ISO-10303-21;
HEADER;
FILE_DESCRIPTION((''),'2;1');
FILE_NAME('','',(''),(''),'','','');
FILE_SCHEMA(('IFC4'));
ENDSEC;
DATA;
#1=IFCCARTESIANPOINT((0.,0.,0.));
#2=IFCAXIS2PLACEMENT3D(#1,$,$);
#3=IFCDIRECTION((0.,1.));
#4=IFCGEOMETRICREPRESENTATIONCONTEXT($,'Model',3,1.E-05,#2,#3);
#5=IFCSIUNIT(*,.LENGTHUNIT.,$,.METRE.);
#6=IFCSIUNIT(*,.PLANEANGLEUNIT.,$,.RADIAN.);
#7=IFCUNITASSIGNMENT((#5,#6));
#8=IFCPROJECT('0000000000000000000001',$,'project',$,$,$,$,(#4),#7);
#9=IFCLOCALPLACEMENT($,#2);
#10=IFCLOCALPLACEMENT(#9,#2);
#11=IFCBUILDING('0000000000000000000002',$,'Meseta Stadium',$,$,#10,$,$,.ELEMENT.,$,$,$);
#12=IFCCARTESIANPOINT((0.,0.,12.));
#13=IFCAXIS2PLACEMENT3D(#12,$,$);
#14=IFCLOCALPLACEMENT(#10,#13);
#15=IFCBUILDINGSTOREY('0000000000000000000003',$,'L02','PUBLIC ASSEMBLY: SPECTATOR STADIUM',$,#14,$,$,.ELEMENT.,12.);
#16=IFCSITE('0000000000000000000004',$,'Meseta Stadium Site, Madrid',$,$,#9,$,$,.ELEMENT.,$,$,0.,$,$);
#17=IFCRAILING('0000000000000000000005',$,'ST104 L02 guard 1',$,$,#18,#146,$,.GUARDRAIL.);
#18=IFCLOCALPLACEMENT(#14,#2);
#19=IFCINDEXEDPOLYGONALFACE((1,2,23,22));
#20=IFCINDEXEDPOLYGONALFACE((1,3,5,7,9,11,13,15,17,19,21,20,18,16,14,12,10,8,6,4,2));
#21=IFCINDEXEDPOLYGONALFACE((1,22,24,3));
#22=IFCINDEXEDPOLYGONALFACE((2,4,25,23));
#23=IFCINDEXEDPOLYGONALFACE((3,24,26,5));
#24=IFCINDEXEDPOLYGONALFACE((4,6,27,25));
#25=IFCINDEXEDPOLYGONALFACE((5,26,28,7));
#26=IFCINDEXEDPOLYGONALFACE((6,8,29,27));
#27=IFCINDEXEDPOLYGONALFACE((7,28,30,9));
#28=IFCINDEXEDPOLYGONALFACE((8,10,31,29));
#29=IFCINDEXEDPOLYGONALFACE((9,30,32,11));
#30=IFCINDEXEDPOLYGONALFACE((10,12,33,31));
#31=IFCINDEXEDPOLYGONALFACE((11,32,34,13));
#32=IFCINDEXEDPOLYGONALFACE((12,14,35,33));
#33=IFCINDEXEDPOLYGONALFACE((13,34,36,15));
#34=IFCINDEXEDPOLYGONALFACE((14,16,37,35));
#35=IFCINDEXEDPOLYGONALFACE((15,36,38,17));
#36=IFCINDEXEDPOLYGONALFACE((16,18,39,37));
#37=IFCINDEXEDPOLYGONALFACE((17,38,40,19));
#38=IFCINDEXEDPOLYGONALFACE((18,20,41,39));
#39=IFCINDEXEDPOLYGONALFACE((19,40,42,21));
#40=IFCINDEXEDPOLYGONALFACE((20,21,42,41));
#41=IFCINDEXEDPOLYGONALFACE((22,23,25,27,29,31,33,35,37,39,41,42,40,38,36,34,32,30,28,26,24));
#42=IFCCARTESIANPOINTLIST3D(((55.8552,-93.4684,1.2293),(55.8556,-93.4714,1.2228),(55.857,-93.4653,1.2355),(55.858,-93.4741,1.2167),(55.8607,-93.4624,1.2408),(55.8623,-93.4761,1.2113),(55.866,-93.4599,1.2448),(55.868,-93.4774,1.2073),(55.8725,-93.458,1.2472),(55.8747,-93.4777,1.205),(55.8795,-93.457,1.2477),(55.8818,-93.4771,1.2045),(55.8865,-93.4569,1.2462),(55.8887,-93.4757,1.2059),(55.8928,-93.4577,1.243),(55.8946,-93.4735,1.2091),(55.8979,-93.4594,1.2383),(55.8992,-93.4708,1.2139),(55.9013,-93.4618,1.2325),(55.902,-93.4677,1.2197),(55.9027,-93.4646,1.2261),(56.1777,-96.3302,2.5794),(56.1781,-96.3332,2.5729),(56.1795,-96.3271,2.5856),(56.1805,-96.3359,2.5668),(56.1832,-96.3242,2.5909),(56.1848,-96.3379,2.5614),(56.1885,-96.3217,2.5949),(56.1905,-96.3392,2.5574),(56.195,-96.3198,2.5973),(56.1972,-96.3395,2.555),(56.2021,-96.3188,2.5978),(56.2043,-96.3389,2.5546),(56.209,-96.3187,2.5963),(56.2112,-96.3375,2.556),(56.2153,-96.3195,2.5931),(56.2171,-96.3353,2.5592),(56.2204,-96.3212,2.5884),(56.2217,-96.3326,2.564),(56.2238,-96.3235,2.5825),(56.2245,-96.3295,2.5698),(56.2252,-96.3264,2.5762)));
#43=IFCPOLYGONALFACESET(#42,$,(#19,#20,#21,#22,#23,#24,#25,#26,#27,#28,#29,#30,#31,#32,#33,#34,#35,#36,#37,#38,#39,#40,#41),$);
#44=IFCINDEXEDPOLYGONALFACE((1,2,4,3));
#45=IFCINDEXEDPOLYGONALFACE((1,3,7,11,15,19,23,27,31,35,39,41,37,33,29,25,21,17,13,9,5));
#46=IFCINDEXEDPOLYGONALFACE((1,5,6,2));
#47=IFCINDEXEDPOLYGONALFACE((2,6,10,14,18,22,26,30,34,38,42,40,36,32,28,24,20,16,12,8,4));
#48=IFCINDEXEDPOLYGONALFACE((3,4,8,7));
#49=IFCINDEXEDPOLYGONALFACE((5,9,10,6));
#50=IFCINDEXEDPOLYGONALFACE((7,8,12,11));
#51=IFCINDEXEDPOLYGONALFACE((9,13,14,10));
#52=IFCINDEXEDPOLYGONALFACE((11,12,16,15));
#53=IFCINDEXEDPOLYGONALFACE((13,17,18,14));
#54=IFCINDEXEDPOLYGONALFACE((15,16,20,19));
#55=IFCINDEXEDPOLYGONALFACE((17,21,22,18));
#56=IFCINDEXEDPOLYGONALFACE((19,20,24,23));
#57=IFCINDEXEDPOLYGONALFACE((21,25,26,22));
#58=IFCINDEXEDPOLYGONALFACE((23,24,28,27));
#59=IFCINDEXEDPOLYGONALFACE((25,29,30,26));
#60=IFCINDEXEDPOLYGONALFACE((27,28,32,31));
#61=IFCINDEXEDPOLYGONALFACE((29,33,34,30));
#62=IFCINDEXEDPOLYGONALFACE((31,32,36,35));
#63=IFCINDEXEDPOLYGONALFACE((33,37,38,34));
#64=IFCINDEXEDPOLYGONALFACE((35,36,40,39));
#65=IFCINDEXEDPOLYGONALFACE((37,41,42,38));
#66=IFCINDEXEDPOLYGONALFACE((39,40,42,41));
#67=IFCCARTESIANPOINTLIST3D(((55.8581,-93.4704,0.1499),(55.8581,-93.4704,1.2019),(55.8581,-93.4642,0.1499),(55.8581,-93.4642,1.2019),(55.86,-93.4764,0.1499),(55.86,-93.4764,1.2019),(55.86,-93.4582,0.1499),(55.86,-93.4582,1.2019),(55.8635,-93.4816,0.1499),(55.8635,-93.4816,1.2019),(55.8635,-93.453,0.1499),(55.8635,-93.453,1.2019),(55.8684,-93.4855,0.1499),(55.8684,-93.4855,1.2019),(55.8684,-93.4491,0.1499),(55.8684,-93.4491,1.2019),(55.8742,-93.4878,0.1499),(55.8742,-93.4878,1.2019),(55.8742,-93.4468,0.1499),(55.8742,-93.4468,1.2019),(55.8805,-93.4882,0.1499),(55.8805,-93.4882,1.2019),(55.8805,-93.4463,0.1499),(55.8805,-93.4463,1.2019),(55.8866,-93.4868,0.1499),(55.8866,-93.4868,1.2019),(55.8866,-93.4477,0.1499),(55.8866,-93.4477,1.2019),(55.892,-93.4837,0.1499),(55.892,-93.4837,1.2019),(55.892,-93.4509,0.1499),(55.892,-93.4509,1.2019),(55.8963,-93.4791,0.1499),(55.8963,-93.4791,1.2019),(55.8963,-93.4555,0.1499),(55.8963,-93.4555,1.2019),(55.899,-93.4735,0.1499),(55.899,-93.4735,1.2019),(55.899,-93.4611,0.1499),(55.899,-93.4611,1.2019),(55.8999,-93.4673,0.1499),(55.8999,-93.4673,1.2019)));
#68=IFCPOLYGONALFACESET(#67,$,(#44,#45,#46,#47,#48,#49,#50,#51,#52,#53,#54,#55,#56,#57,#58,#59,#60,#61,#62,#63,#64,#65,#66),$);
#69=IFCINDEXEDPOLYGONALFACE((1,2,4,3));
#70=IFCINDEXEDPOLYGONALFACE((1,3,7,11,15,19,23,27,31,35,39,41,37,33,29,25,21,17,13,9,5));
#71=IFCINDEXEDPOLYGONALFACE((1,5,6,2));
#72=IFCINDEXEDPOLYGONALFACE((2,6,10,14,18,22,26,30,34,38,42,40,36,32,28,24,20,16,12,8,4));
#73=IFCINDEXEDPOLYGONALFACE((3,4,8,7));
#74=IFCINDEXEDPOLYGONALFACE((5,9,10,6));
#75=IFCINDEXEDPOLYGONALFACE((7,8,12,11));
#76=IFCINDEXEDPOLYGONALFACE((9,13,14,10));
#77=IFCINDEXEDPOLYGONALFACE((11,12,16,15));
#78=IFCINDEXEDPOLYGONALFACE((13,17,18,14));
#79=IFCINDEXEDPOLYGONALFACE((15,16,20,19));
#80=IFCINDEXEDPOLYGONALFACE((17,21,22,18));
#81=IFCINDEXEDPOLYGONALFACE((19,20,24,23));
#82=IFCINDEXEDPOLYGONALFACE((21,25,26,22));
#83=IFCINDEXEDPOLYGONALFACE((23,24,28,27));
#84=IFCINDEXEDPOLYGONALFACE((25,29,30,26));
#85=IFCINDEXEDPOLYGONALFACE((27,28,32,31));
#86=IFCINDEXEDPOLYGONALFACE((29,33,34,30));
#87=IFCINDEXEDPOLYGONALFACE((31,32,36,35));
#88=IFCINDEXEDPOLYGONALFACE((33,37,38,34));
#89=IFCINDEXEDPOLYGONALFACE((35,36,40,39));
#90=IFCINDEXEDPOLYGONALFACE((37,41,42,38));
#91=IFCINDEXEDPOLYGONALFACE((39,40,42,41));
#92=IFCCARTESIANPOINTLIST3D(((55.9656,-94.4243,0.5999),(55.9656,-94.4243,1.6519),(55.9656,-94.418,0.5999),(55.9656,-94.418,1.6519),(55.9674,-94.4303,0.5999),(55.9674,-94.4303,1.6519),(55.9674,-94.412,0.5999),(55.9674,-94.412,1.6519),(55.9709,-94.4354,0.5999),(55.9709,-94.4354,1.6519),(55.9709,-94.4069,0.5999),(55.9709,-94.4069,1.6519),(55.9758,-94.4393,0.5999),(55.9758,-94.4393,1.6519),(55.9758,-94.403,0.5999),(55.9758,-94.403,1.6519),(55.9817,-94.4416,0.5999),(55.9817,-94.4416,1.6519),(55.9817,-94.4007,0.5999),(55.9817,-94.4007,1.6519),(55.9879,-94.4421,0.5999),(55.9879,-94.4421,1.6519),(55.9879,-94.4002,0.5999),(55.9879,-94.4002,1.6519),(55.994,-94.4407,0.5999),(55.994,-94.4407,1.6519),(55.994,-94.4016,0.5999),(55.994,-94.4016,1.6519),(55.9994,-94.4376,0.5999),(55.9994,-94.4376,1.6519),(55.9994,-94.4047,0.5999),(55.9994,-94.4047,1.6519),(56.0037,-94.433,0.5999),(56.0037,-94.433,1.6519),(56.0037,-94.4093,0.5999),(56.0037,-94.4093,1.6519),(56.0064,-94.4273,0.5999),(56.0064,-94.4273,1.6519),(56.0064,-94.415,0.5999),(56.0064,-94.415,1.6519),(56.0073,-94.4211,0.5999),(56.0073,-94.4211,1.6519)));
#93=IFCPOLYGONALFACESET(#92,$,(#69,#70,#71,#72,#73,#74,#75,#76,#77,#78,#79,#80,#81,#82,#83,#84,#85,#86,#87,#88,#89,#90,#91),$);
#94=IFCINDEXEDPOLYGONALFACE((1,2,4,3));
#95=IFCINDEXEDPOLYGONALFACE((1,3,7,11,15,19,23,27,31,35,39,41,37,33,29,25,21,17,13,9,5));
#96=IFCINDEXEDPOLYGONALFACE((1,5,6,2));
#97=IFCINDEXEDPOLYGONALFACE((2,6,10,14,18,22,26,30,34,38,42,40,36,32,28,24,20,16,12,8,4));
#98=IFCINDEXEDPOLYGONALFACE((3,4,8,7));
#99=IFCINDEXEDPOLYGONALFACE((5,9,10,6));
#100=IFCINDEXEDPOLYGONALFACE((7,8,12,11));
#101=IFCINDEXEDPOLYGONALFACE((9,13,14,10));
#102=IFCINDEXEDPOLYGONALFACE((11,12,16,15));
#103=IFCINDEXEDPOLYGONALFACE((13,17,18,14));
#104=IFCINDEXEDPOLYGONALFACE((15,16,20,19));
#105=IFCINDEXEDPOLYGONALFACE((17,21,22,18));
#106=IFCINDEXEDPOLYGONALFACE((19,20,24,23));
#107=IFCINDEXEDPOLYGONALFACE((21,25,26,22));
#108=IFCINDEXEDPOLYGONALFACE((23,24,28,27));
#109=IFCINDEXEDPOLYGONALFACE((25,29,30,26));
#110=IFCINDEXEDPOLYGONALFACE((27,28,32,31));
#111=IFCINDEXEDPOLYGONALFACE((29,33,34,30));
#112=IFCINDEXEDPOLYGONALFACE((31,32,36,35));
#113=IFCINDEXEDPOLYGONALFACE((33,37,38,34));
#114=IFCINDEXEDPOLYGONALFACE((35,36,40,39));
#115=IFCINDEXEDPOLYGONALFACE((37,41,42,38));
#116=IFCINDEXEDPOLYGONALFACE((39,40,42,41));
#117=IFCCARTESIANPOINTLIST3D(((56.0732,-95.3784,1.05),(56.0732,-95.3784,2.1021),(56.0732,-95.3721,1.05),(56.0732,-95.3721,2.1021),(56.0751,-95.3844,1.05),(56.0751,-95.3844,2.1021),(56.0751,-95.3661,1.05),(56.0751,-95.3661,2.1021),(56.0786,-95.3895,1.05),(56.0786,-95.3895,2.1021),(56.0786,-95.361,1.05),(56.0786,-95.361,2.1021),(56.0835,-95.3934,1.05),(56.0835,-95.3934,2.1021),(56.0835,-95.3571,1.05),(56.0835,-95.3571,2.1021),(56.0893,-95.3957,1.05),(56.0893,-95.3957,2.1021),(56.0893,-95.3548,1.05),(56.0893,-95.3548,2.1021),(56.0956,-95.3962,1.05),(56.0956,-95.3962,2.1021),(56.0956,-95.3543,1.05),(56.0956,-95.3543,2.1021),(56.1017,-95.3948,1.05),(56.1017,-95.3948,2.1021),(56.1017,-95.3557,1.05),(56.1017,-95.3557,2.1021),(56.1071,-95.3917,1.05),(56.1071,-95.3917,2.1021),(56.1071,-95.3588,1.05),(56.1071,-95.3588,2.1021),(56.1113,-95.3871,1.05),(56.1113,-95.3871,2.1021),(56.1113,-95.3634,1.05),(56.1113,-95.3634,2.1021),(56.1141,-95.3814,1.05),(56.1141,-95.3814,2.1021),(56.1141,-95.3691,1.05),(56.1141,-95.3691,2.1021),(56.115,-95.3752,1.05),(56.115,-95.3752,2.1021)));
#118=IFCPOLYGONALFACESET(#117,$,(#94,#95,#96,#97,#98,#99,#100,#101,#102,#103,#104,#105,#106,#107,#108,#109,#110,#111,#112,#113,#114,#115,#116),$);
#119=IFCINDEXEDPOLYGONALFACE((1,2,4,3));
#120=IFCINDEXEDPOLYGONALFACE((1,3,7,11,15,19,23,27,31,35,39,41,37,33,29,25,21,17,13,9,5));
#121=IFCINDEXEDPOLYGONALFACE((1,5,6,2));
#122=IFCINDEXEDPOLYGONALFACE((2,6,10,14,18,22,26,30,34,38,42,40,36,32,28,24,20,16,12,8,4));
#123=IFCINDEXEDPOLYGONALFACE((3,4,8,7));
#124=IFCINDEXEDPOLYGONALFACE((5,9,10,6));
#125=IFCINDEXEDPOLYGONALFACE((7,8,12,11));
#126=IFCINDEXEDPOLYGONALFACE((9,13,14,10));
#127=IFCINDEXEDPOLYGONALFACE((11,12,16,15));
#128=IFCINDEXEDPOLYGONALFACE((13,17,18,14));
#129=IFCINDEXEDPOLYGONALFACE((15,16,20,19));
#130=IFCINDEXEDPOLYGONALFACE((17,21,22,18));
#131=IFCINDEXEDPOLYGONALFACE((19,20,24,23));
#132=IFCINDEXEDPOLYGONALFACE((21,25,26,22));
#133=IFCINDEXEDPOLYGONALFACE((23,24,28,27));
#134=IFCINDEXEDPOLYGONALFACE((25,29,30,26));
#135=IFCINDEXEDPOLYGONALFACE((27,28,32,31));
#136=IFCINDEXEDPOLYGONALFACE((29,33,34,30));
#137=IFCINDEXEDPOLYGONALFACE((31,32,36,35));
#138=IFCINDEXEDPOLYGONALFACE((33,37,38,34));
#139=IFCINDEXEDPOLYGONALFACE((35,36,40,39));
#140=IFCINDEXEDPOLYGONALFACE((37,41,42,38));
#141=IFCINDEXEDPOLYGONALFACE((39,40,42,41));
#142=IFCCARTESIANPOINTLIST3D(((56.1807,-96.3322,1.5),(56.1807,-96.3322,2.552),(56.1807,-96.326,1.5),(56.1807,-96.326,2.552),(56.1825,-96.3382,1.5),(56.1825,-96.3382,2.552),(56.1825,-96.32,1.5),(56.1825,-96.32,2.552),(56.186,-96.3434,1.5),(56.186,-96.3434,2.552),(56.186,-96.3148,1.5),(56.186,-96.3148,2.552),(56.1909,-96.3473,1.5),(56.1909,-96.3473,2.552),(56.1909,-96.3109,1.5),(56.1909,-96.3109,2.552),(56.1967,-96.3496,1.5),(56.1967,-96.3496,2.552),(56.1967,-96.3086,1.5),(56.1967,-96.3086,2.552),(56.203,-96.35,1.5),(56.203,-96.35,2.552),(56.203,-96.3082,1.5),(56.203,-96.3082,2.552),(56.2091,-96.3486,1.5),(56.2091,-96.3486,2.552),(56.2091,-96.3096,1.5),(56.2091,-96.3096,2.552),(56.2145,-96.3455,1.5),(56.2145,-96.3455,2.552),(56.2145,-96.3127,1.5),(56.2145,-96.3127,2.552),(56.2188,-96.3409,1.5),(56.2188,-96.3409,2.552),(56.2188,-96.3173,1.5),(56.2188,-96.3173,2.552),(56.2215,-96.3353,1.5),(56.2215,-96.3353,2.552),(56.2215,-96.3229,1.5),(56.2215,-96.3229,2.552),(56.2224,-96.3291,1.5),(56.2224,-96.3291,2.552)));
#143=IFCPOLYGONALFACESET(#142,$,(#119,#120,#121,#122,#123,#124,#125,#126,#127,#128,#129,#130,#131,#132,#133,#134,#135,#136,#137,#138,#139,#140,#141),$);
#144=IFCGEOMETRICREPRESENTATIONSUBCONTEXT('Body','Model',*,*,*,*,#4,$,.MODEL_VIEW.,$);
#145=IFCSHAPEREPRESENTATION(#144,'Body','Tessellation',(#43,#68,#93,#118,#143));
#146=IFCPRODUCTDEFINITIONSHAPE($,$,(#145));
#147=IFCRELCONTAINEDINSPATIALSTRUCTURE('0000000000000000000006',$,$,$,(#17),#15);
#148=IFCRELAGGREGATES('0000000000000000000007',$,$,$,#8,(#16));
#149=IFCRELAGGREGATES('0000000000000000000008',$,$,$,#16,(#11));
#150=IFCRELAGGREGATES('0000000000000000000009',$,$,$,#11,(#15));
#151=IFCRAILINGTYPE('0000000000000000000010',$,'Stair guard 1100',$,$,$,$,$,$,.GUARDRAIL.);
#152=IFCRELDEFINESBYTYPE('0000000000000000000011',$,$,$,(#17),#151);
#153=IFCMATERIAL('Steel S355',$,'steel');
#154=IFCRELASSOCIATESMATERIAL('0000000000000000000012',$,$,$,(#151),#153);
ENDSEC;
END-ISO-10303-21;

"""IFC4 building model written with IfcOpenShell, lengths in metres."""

from ifc_helpers import new_model, si_unit, direction, frame, origin, origin_2d, place, context, subcontext, project, spatial, circle, extrude, material, type_object, element, save


model = new_model("IFC4")

# Units and contexts
model_context = context("Model", 3, precision=1e-05, world=origin(), true_north=direction((0.0, 1.0)))
body_context = subcontext(model_context, "Body", "Model", "MODEL_VIEW")
ifc_project = project(units=[si_unit("LENGTHUNIT", "METRE"), si_unit("PLANEANGLEUNIT", "RADIAN")], contexts=[model_context])

# Site, building, storey
site_placement = place(None, origin())
site = spatial("IfcSite", under=ifc_project, at=site_placement, Name="Meseta Stadium Site, Madrid", CompositionType="ELEMENT", RefElevation=0.0)
building_placement = place(site_placement, origin())
building = spatial("IfcBuilding", under=site, at=building_placement, Name="Meseta Stadium", CompositionType="ELEMENT")
storey_placement = place(building_placement, frame((0.0, 0.0, 12.0)))
storey = spatial("IfcBuildingStorey", under=building, at=storey_placement, Name="L02", Description="PUBLIC ASSEMBLY: SPECTATOR STADIUM", CompositionType="ELEMENT", Elevation=12.0)

# Railing
ifc_material_1 = material(Name="Steel S355", Category="steel")
railing_type_1 = type_object("IfcRailingType", Name="Stair guard 1100", PredefinedType="GUARDRAIL", material=ifc_material_1)
railing_1_placement = place(storey_placement, frame((55.8789, -93.4673, 0.1499)))
element("IfcRailing", 1, at=railing_1_placement, inside=storey, type_object=railing_type_1, Name="ST104 L02 guard 1", PredefinedType="GUARDRAIL", context=body_context, shape_type="SweptSolid", body=[
    extrude(circle(Radius=0.0239, at=origin_2d()), frame((0.0, 0.0, 1.0762), z_axis=(0.101396, -0.899748, 0.424467), x_axis=(0.99371, 0.111985, 0.0)), (0.0, 0.0, 1.0), 3.1807),
    extrude(circle(Radius=0.021, at=origin_2d()), origin(), (0.0, 0.0, 1.0), 1.052),
    extrude(circle(Radius=0.021, at=origin_2d()), frame((0.1074, -0.9539, 0.45)), (0.0, 0.0, 1.0), 1.052),
    extrude(circle(Radius=0.021, at=origin_2d()), frame((0.2151, -1.908, 0.9001)), (0.0, 0.0, 1.0), 1.052),
    extrude(circle(Radius=0.021, at=origin_2d()), frame((0.3225, -2.8618, 1.3501)), (0.0, 0.0, 1.0), 1.052),
])

save(model, "model.ifc")
